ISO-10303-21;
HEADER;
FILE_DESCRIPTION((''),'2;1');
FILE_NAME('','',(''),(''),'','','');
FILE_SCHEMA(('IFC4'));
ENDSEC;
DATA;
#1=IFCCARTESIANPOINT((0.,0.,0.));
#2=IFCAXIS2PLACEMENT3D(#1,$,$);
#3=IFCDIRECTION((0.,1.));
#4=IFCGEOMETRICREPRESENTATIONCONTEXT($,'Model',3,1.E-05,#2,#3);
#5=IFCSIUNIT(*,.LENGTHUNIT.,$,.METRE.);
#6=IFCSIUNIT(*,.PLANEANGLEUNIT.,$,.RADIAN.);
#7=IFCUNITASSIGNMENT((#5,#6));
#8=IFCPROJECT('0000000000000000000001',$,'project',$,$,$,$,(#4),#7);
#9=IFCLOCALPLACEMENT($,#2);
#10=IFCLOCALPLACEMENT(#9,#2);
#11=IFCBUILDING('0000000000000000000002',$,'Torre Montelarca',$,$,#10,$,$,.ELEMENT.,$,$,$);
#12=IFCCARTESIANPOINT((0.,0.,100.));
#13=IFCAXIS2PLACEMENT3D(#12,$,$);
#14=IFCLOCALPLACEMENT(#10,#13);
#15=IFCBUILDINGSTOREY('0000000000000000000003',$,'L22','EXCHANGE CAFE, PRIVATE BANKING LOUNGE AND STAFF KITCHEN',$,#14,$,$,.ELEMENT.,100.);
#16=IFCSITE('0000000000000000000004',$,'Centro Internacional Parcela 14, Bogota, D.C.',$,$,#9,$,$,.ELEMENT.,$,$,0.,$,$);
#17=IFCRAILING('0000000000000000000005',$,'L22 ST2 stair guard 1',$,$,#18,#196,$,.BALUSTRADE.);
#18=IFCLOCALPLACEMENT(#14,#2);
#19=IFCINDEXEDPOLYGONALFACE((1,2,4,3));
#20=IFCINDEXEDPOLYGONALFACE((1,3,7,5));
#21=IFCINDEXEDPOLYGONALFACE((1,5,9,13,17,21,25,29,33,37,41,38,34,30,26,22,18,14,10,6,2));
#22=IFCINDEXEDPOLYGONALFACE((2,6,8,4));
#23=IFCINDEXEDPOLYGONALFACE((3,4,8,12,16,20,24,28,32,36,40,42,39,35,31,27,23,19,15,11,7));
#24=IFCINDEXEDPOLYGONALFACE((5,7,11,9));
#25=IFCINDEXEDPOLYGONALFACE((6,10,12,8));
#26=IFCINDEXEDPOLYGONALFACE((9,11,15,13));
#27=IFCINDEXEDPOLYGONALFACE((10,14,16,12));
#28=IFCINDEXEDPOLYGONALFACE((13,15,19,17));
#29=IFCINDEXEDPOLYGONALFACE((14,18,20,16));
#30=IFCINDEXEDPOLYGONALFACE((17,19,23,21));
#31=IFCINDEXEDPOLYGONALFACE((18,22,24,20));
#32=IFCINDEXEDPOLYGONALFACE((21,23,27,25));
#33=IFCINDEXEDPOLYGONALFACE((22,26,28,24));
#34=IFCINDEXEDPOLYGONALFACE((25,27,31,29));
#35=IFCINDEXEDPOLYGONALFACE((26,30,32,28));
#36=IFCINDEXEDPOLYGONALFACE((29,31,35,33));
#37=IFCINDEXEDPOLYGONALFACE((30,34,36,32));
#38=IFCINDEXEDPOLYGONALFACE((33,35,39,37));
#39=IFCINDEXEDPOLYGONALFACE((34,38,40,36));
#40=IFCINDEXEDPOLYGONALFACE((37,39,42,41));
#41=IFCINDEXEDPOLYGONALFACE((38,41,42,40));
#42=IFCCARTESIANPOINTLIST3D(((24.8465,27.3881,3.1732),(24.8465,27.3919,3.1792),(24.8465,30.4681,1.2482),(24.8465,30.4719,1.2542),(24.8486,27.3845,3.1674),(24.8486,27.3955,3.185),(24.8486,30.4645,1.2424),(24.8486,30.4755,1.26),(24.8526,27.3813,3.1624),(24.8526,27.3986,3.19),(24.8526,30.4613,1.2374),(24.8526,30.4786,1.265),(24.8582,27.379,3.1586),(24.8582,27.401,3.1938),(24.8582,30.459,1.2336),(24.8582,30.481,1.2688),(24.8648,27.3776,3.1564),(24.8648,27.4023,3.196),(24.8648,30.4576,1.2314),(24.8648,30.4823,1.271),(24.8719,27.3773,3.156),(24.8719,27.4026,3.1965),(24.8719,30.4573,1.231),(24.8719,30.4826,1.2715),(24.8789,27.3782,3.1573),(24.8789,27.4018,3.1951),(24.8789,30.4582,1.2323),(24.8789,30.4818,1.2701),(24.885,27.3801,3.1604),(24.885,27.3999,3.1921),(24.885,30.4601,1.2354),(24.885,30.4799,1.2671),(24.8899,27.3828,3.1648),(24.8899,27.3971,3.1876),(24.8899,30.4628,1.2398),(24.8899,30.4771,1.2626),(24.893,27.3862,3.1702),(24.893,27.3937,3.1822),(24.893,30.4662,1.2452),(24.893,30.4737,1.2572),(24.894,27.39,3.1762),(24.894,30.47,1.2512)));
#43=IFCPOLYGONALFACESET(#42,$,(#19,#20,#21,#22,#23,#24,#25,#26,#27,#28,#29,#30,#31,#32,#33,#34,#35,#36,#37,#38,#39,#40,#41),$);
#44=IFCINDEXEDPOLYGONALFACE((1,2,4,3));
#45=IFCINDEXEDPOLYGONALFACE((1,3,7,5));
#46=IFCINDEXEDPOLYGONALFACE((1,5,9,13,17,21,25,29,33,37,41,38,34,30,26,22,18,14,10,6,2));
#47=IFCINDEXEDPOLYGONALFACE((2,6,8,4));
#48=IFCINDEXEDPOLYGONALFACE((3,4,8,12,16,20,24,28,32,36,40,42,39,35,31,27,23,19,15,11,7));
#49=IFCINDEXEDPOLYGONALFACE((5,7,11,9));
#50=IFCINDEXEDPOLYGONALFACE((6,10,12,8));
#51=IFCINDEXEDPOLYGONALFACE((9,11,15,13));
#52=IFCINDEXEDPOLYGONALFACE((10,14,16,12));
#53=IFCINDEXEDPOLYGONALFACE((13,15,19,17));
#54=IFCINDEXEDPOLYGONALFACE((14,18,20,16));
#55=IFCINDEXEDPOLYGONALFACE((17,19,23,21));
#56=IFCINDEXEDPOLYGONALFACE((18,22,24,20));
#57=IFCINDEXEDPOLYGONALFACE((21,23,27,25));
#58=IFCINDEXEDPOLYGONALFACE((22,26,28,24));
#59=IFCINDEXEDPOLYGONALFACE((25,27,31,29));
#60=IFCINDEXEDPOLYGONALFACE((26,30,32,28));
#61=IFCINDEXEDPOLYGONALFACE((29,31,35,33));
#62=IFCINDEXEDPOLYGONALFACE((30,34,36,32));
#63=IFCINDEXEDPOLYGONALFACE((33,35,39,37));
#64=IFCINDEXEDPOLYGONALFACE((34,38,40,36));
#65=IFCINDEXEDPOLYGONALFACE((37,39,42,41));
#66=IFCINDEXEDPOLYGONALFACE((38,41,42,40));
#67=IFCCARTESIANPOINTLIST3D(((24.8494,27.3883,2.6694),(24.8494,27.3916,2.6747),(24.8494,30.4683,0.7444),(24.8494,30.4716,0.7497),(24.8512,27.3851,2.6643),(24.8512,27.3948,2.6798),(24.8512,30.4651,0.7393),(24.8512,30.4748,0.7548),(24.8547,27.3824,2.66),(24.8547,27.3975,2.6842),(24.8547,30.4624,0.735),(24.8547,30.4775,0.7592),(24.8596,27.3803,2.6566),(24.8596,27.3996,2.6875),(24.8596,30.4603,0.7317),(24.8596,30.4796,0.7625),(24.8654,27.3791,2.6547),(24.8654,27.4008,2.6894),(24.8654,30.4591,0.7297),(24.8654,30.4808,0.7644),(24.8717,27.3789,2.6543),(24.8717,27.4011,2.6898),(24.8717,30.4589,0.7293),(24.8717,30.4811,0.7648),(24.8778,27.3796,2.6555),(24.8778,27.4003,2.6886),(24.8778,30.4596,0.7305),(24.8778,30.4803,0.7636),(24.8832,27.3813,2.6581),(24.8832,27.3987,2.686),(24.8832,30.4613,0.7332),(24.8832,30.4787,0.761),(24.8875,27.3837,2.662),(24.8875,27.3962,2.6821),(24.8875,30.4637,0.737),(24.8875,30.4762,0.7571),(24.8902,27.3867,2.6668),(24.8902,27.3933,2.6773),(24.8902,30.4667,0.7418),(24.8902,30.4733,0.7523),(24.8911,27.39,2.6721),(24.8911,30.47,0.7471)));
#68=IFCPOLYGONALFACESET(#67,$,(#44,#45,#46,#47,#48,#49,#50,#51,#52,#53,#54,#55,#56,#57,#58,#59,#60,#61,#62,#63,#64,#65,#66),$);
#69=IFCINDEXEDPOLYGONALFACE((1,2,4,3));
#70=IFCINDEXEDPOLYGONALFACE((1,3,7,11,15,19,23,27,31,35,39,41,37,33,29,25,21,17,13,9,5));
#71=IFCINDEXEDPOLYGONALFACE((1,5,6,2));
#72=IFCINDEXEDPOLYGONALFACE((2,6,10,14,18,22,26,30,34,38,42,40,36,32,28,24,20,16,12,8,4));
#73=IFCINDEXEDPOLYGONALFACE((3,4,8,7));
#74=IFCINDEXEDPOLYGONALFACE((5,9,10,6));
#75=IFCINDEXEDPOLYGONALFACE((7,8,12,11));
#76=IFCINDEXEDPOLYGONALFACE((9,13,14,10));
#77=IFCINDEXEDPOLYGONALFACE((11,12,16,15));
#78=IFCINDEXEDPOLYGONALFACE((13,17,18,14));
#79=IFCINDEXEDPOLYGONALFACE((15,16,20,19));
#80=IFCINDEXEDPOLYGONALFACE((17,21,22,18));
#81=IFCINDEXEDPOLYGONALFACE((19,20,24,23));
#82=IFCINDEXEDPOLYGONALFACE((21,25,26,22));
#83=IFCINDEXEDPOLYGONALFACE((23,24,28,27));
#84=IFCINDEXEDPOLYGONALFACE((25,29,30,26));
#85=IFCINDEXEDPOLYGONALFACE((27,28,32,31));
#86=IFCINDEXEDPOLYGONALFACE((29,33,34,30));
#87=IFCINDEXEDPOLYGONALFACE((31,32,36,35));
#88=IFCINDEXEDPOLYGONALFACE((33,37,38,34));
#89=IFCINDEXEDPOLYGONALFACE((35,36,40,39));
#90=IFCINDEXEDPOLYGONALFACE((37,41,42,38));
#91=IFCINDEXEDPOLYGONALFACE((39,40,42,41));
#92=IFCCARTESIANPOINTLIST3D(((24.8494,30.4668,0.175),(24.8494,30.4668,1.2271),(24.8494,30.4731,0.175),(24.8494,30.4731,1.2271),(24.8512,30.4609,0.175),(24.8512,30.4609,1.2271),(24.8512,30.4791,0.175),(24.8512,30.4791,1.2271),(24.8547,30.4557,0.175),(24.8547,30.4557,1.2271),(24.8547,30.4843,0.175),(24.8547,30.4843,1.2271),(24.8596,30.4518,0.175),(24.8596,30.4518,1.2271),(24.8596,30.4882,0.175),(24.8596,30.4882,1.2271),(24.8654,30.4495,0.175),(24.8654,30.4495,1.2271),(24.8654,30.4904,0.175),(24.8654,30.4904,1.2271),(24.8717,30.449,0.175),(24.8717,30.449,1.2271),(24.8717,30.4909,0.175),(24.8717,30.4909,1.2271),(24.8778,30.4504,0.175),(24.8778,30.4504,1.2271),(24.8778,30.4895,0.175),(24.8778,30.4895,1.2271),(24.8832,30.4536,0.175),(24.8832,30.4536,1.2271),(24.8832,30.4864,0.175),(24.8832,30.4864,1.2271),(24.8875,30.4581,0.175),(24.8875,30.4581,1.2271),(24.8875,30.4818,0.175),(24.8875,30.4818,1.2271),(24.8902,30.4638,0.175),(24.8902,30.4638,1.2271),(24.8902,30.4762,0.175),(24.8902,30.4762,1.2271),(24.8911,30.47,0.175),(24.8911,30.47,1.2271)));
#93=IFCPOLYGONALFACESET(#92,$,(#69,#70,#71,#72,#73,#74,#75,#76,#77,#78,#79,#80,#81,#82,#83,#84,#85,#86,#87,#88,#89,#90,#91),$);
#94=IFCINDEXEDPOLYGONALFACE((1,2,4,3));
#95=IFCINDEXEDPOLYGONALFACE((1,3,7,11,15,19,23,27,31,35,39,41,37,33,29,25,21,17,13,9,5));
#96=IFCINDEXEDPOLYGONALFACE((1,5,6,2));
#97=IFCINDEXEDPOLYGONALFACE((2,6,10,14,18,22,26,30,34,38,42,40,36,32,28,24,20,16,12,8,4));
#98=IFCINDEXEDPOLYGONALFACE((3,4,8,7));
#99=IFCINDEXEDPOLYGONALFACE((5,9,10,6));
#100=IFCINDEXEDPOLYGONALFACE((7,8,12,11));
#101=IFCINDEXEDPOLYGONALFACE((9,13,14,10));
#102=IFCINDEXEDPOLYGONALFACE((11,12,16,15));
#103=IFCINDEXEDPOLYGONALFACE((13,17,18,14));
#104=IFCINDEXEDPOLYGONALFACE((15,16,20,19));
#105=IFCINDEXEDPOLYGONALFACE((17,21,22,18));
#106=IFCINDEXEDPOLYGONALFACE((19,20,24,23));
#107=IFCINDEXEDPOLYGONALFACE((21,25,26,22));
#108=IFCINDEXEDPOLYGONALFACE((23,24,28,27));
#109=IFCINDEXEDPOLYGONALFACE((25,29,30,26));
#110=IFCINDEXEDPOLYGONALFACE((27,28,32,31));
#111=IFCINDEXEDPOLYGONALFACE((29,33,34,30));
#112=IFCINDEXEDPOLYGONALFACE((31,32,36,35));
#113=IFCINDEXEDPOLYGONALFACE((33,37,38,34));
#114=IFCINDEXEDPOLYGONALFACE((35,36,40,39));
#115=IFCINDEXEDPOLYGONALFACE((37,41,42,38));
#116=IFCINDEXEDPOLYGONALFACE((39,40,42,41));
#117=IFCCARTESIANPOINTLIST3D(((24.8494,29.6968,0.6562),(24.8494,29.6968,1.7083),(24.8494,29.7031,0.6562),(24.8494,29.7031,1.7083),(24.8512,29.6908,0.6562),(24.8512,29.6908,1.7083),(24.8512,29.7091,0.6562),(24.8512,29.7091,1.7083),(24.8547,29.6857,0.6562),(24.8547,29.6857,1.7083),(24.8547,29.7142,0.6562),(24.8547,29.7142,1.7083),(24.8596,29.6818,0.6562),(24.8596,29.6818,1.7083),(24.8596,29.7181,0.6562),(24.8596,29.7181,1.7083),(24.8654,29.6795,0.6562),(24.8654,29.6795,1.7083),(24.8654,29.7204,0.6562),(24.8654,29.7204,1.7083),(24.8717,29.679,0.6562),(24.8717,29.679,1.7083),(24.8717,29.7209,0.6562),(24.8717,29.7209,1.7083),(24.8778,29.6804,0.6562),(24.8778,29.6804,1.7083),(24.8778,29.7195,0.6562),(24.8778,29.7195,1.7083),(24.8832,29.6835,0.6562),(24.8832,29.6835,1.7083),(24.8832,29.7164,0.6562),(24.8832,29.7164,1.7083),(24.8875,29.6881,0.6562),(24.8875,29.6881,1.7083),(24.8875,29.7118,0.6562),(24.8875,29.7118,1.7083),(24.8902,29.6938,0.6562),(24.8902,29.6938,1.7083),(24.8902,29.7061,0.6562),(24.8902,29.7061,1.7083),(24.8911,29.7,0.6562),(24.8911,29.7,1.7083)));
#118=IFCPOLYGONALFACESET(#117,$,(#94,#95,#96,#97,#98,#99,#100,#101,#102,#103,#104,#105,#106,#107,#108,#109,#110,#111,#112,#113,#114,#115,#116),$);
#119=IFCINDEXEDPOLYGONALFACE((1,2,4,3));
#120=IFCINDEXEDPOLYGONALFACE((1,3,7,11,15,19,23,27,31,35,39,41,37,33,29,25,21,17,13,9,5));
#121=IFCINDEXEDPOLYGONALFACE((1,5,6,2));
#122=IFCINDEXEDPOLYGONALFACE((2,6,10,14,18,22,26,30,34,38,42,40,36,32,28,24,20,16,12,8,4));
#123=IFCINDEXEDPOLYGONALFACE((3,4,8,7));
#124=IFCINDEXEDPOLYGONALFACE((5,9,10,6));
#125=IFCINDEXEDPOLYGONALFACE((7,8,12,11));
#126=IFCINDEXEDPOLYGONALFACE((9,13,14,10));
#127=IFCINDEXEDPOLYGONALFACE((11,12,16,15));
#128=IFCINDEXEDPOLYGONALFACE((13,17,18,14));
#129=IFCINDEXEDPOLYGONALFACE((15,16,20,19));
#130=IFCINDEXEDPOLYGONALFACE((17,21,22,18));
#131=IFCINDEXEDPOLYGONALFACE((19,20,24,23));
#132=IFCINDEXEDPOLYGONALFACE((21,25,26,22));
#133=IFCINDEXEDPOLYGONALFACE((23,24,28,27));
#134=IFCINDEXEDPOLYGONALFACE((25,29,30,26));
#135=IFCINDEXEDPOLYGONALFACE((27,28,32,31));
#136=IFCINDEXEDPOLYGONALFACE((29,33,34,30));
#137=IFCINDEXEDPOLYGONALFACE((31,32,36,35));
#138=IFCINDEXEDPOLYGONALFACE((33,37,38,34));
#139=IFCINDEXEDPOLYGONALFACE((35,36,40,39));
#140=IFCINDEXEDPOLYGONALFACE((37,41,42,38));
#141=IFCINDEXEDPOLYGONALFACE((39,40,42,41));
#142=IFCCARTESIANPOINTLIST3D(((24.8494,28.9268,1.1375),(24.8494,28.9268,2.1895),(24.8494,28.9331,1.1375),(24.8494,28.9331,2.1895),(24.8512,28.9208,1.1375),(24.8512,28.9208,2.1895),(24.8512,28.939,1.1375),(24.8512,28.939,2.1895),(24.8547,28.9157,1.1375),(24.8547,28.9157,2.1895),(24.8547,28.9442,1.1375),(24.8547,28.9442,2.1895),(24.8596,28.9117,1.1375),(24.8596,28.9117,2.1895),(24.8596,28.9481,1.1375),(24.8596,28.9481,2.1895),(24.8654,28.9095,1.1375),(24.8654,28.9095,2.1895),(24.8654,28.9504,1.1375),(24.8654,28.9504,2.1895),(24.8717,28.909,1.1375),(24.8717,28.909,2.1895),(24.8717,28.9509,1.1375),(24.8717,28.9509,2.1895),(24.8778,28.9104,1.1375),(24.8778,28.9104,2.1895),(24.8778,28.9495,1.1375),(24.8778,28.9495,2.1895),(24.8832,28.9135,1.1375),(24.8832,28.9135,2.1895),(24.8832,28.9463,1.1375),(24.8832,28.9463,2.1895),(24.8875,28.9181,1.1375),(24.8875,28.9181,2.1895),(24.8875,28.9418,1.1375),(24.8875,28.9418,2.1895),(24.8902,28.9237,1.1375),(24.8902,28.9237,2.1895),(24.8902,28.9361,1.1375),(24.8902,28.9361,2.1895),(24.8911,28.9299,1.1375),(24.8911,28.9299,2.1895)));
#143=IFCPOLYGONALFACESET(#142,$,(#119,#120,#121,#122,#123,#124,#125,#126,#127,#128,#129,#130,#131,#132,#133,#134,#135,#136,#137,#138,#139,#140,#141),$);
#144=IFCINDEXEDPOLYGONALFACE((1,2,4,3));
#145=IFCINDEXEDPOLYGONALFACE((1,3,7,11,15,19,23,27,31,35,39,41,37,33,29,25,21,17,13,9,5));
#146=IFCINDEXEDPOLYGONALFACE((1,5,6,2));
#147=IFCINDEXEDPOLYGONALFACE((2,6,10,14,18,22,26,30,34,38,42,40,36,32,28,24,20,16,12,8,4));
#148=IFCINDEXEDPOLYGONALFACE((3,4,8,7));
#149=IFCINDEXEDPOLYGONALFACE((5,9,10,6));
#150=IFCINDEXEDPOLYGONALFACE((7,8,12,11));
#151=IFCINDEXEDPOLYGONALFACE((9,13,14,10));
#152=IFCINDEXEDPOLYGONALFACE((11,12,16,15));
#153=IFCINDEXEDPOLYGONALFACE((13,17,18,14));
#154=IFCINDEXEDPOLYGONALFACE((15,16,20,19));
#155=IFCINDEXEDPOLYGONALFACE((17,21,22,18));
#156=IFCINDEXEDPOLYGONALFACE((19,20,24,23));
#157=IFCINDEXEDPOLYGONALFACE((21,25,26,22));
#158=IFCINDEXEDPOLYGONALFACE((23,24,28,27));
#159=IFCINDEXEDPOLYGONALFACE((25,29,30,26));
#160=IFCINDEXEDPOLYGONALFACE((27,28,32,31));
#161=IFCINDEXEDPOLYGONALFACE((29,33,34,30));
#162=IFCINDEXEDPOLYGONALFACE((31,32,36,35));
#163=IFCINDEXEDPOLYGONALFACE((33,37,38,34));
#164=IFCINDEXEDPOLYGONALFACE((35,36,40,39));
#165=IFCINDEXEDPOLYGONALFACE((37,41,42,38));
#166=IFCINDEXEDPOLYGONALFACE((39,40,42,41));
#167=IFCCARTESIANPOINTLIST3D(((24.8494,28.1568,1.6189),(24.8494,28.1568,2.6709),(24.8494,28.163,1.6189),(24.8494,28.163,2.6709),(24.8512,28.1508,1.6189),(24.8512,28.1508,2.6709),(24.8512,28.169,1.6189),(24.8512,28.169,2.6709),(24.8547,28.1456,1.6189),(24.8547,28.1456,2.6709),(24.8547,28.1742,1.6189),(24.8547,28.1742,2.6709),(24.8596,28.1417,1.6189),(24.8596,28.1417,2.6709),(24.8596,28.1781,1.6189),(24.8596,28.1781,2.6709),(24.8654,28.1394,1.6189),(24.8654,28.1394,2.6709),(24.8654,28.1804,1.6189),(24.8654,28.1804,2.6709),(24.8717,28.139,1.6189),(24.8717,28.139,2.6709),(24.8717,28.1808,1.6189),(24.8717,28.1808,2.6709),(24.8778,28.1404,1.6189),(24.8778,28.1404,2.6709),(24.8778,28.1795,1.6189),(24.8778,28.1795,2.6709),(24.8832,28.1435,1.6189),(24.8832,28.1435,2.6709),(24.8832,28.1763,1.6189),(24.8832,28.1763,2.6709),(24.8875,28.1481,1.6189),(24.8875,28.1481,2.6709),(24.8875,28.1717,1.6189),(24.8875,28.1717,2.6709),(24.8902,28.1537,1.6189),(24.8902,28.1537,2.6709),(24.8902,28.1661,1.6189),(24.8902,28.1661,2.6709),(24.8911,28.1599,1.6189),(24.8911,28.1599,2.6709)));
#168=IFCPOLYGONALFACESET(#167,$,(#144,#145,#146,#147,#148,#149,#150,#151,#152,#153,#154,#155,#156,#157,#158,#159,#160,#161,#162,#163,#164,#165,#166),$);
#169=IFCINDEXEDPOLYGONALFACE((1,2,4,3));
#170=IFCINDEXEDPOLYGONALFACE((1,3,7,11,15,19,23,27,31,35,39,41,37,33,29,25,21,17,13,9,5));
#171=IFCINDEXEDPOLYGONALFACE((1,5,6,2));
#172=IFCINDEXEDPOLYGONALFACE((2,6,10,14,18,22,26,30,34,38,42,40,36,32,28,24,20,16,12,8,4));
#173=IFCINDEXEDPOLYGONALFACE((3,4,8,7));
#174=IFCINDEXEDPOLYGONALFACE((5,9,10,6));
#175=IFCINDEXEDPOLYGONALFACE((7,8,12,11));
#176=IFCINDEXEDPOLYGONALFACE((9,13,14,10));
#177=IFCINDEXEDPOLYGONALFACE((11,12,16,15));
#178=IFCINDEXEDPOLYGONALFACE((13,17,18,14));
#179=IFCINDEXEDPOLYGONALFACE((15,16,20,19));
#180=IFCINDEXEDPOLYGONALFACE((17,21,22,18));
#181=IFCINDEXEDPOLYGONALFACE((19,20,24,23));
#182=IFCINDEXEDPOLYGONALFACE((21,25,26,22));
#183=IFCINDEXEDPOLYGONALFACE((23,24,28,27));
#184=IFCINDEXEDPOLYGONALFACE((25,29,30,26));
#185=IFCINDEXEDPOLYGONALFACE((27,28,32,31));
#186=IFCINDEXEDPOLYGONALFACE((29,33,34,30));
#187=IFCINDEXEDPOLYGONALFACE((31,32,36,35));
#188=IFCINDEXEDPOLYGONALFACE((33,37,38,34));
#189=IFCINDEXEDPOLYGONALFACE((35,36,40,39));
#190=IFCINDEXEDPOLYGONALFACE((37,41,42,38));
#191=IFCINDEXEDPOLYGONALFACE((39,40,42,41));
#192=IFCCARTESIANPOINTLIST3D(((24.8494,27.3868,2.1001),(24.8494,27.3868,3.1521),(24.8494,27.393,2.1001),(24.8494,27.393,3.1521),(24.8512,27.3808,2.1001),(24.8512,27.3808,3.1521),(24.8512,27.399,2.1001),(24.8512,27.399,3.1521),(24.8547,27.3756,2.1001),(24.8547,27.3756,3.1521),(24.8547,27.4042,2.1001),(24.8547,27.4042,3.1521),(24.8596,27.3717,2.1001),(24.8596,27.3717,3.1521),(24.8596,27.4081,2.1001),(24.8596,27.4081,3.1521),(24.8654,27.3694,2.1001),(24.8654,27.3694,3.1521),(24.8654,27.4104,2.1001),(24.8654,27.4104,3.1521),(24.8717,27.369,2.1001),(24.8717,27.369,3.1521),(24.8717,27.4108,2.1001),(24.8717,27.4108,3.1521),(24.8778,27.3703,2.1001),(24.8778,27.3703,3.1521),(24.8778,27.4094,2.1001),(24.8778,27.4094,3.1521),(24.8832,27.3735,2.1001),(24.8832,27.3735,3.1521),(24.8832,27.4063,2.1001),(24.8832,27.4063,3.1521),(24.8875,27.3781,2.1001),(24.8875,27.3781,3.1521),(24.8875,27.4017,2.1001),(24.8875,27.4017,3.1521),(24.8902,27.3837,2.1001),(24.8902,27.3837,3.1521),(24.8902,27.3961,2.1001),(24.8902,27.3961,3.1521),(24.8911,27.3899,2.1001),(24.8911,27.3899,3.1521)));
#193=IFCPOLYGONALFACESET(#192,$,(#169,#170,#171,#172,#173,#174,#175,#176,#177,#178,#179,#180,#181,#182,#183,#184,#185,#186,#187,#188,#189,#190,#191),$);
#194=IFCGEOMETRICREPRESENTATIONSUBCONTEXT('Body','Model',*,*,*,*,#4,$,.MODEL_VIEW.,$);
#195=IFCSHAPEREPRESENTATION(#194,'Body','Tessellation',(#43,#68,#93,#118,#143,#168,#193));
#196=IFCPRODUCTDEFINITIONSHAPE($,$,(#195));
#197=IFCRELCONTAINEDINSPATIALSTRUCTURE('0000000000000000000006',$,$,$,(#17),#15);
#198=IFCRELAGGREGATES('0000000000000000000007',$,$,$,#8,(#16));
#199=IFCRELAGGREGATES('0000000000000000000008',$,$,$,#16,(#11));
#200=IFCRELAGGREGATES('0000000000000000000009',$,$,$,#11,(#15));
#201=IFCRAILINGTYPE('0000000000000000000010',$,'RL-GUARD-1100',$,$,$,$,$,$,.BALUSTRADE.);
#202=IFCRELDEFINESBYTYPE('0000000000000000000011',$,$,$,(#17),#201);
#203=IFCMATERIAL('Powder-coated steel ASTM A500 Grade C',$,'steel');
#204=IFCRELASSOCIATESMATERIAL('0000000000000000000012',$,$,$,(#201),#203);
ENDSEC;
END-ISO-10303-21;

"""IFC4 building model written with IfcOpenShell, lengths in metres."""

from ifc_helpers import new_model, si_unit, direction, frame, origin, origin_2d, place, context, subcontext, project, spatial, circle, extrude, material, type_object, element, save


model = new_model("IFC4")

# Units and contexts
model_context = context("Model", 3, precision=1e-05, world=origin(), true_north=direction((0.0, 1.0)))
body_context = subcontext(model_context, "Body", "Model", "MODEL_VIEW")
ifc_project = project(units=[si_unit("LENGTHUNIT", "METRE"), si_unit("PLANEANGLEUNIT", "RADIAN")], contexts=[model_context])

# Site, building, storey
site_placement = place(None, origin())
site = spatial("IfcSite", under=ifc_project, at=site_placement, Name="Centro Internacional Parcela 14, Bogota, D.C.", CompositionType="ELEMENT", RefElevation=0.0)
building_placement = place(site_placement, origin())
building = spatial("IfcBuilding", under=site, at=building_placement, Name="Torre Montelarca", CompositionType="ELEMENT")
storey_placement = place(building_placement, frame((0.0, 0.0, 100.0)))
storey = spatial("IfcBuildingStorey", under=building, at=storey_placement, Name="L22", Description="EXCHANGE CAFE, PRIVATE BANKING LOUNGE AND STAFF KITCHEN", CompositionType="ELEMENT", Elevation=100.0)

# Railing
ifc_material_1 = material(Name="Powder-coated steel ASTM A500 Grade C", Category="steel")
railing_type_1 = type_object("IfcRailingType", Name="RL-GUARD-1100", PredefinedType="BALUSTRADE", material=ifc_material_1)
railing_1_placement = place(storey_placement, frame((24.8701, 30.47, 0.175)))
element("IfcRailing", 1, at=railing_1_placement, inside=storey, type_object=railing_type_1, Name="L22 ST2 stair guard 1", PredefinedType="BALUSTRADE", context=body_context, shape_type="SweptSolid", body=[
    extrude(circle(Radius=0.0239, at=origin_2d()), frame((0.0, 0.0, 1.0762), z_axis=(0.0, -0.847998, 0.529999), x_axis=(1.0, 0.0, 0.0)), (0.0, 0.0, 1.0), 3.6321),
    extrude(circle(Radius=0.021, at=origin_2d()), frame((0.0, 0.0, 0.572), z_axis=(0.0, -0.847998, 0.529999), x_axis=(1.0, 0.0, 0.0)), (0.0, 0.0, 1.0), 3.6321),
    extrude(circle(Radius=0.021, at=origin_2d()), origin(), (0.0, 0.0, 1.0), 1.052),
    extrude(circle(Radius=0.021, at=origin_2d()), frame((0.0, -0.77, 0.4812)), (0.0, 0.0, 1.0), 1.052),
    extrude(circle(Radius=0.021, at=origin_2d()), frame((0.0, -1.54, 0.9624)), (0.0, 0.0, 1.0), 1.052),
    extrude(circle(Radius=0.021, at=origin_2d()), frame((0.0, -2.3101, 1.4438)), (0.0, 0.0, 1.0), 1.052),
    extrude(circle(Radius=0.021, at=origin_2d()), frame((0.0, -3.0801, 1.925)), (0.0, 0.0, 1.0), 1.052),
])

save(model, "model.ifc")
